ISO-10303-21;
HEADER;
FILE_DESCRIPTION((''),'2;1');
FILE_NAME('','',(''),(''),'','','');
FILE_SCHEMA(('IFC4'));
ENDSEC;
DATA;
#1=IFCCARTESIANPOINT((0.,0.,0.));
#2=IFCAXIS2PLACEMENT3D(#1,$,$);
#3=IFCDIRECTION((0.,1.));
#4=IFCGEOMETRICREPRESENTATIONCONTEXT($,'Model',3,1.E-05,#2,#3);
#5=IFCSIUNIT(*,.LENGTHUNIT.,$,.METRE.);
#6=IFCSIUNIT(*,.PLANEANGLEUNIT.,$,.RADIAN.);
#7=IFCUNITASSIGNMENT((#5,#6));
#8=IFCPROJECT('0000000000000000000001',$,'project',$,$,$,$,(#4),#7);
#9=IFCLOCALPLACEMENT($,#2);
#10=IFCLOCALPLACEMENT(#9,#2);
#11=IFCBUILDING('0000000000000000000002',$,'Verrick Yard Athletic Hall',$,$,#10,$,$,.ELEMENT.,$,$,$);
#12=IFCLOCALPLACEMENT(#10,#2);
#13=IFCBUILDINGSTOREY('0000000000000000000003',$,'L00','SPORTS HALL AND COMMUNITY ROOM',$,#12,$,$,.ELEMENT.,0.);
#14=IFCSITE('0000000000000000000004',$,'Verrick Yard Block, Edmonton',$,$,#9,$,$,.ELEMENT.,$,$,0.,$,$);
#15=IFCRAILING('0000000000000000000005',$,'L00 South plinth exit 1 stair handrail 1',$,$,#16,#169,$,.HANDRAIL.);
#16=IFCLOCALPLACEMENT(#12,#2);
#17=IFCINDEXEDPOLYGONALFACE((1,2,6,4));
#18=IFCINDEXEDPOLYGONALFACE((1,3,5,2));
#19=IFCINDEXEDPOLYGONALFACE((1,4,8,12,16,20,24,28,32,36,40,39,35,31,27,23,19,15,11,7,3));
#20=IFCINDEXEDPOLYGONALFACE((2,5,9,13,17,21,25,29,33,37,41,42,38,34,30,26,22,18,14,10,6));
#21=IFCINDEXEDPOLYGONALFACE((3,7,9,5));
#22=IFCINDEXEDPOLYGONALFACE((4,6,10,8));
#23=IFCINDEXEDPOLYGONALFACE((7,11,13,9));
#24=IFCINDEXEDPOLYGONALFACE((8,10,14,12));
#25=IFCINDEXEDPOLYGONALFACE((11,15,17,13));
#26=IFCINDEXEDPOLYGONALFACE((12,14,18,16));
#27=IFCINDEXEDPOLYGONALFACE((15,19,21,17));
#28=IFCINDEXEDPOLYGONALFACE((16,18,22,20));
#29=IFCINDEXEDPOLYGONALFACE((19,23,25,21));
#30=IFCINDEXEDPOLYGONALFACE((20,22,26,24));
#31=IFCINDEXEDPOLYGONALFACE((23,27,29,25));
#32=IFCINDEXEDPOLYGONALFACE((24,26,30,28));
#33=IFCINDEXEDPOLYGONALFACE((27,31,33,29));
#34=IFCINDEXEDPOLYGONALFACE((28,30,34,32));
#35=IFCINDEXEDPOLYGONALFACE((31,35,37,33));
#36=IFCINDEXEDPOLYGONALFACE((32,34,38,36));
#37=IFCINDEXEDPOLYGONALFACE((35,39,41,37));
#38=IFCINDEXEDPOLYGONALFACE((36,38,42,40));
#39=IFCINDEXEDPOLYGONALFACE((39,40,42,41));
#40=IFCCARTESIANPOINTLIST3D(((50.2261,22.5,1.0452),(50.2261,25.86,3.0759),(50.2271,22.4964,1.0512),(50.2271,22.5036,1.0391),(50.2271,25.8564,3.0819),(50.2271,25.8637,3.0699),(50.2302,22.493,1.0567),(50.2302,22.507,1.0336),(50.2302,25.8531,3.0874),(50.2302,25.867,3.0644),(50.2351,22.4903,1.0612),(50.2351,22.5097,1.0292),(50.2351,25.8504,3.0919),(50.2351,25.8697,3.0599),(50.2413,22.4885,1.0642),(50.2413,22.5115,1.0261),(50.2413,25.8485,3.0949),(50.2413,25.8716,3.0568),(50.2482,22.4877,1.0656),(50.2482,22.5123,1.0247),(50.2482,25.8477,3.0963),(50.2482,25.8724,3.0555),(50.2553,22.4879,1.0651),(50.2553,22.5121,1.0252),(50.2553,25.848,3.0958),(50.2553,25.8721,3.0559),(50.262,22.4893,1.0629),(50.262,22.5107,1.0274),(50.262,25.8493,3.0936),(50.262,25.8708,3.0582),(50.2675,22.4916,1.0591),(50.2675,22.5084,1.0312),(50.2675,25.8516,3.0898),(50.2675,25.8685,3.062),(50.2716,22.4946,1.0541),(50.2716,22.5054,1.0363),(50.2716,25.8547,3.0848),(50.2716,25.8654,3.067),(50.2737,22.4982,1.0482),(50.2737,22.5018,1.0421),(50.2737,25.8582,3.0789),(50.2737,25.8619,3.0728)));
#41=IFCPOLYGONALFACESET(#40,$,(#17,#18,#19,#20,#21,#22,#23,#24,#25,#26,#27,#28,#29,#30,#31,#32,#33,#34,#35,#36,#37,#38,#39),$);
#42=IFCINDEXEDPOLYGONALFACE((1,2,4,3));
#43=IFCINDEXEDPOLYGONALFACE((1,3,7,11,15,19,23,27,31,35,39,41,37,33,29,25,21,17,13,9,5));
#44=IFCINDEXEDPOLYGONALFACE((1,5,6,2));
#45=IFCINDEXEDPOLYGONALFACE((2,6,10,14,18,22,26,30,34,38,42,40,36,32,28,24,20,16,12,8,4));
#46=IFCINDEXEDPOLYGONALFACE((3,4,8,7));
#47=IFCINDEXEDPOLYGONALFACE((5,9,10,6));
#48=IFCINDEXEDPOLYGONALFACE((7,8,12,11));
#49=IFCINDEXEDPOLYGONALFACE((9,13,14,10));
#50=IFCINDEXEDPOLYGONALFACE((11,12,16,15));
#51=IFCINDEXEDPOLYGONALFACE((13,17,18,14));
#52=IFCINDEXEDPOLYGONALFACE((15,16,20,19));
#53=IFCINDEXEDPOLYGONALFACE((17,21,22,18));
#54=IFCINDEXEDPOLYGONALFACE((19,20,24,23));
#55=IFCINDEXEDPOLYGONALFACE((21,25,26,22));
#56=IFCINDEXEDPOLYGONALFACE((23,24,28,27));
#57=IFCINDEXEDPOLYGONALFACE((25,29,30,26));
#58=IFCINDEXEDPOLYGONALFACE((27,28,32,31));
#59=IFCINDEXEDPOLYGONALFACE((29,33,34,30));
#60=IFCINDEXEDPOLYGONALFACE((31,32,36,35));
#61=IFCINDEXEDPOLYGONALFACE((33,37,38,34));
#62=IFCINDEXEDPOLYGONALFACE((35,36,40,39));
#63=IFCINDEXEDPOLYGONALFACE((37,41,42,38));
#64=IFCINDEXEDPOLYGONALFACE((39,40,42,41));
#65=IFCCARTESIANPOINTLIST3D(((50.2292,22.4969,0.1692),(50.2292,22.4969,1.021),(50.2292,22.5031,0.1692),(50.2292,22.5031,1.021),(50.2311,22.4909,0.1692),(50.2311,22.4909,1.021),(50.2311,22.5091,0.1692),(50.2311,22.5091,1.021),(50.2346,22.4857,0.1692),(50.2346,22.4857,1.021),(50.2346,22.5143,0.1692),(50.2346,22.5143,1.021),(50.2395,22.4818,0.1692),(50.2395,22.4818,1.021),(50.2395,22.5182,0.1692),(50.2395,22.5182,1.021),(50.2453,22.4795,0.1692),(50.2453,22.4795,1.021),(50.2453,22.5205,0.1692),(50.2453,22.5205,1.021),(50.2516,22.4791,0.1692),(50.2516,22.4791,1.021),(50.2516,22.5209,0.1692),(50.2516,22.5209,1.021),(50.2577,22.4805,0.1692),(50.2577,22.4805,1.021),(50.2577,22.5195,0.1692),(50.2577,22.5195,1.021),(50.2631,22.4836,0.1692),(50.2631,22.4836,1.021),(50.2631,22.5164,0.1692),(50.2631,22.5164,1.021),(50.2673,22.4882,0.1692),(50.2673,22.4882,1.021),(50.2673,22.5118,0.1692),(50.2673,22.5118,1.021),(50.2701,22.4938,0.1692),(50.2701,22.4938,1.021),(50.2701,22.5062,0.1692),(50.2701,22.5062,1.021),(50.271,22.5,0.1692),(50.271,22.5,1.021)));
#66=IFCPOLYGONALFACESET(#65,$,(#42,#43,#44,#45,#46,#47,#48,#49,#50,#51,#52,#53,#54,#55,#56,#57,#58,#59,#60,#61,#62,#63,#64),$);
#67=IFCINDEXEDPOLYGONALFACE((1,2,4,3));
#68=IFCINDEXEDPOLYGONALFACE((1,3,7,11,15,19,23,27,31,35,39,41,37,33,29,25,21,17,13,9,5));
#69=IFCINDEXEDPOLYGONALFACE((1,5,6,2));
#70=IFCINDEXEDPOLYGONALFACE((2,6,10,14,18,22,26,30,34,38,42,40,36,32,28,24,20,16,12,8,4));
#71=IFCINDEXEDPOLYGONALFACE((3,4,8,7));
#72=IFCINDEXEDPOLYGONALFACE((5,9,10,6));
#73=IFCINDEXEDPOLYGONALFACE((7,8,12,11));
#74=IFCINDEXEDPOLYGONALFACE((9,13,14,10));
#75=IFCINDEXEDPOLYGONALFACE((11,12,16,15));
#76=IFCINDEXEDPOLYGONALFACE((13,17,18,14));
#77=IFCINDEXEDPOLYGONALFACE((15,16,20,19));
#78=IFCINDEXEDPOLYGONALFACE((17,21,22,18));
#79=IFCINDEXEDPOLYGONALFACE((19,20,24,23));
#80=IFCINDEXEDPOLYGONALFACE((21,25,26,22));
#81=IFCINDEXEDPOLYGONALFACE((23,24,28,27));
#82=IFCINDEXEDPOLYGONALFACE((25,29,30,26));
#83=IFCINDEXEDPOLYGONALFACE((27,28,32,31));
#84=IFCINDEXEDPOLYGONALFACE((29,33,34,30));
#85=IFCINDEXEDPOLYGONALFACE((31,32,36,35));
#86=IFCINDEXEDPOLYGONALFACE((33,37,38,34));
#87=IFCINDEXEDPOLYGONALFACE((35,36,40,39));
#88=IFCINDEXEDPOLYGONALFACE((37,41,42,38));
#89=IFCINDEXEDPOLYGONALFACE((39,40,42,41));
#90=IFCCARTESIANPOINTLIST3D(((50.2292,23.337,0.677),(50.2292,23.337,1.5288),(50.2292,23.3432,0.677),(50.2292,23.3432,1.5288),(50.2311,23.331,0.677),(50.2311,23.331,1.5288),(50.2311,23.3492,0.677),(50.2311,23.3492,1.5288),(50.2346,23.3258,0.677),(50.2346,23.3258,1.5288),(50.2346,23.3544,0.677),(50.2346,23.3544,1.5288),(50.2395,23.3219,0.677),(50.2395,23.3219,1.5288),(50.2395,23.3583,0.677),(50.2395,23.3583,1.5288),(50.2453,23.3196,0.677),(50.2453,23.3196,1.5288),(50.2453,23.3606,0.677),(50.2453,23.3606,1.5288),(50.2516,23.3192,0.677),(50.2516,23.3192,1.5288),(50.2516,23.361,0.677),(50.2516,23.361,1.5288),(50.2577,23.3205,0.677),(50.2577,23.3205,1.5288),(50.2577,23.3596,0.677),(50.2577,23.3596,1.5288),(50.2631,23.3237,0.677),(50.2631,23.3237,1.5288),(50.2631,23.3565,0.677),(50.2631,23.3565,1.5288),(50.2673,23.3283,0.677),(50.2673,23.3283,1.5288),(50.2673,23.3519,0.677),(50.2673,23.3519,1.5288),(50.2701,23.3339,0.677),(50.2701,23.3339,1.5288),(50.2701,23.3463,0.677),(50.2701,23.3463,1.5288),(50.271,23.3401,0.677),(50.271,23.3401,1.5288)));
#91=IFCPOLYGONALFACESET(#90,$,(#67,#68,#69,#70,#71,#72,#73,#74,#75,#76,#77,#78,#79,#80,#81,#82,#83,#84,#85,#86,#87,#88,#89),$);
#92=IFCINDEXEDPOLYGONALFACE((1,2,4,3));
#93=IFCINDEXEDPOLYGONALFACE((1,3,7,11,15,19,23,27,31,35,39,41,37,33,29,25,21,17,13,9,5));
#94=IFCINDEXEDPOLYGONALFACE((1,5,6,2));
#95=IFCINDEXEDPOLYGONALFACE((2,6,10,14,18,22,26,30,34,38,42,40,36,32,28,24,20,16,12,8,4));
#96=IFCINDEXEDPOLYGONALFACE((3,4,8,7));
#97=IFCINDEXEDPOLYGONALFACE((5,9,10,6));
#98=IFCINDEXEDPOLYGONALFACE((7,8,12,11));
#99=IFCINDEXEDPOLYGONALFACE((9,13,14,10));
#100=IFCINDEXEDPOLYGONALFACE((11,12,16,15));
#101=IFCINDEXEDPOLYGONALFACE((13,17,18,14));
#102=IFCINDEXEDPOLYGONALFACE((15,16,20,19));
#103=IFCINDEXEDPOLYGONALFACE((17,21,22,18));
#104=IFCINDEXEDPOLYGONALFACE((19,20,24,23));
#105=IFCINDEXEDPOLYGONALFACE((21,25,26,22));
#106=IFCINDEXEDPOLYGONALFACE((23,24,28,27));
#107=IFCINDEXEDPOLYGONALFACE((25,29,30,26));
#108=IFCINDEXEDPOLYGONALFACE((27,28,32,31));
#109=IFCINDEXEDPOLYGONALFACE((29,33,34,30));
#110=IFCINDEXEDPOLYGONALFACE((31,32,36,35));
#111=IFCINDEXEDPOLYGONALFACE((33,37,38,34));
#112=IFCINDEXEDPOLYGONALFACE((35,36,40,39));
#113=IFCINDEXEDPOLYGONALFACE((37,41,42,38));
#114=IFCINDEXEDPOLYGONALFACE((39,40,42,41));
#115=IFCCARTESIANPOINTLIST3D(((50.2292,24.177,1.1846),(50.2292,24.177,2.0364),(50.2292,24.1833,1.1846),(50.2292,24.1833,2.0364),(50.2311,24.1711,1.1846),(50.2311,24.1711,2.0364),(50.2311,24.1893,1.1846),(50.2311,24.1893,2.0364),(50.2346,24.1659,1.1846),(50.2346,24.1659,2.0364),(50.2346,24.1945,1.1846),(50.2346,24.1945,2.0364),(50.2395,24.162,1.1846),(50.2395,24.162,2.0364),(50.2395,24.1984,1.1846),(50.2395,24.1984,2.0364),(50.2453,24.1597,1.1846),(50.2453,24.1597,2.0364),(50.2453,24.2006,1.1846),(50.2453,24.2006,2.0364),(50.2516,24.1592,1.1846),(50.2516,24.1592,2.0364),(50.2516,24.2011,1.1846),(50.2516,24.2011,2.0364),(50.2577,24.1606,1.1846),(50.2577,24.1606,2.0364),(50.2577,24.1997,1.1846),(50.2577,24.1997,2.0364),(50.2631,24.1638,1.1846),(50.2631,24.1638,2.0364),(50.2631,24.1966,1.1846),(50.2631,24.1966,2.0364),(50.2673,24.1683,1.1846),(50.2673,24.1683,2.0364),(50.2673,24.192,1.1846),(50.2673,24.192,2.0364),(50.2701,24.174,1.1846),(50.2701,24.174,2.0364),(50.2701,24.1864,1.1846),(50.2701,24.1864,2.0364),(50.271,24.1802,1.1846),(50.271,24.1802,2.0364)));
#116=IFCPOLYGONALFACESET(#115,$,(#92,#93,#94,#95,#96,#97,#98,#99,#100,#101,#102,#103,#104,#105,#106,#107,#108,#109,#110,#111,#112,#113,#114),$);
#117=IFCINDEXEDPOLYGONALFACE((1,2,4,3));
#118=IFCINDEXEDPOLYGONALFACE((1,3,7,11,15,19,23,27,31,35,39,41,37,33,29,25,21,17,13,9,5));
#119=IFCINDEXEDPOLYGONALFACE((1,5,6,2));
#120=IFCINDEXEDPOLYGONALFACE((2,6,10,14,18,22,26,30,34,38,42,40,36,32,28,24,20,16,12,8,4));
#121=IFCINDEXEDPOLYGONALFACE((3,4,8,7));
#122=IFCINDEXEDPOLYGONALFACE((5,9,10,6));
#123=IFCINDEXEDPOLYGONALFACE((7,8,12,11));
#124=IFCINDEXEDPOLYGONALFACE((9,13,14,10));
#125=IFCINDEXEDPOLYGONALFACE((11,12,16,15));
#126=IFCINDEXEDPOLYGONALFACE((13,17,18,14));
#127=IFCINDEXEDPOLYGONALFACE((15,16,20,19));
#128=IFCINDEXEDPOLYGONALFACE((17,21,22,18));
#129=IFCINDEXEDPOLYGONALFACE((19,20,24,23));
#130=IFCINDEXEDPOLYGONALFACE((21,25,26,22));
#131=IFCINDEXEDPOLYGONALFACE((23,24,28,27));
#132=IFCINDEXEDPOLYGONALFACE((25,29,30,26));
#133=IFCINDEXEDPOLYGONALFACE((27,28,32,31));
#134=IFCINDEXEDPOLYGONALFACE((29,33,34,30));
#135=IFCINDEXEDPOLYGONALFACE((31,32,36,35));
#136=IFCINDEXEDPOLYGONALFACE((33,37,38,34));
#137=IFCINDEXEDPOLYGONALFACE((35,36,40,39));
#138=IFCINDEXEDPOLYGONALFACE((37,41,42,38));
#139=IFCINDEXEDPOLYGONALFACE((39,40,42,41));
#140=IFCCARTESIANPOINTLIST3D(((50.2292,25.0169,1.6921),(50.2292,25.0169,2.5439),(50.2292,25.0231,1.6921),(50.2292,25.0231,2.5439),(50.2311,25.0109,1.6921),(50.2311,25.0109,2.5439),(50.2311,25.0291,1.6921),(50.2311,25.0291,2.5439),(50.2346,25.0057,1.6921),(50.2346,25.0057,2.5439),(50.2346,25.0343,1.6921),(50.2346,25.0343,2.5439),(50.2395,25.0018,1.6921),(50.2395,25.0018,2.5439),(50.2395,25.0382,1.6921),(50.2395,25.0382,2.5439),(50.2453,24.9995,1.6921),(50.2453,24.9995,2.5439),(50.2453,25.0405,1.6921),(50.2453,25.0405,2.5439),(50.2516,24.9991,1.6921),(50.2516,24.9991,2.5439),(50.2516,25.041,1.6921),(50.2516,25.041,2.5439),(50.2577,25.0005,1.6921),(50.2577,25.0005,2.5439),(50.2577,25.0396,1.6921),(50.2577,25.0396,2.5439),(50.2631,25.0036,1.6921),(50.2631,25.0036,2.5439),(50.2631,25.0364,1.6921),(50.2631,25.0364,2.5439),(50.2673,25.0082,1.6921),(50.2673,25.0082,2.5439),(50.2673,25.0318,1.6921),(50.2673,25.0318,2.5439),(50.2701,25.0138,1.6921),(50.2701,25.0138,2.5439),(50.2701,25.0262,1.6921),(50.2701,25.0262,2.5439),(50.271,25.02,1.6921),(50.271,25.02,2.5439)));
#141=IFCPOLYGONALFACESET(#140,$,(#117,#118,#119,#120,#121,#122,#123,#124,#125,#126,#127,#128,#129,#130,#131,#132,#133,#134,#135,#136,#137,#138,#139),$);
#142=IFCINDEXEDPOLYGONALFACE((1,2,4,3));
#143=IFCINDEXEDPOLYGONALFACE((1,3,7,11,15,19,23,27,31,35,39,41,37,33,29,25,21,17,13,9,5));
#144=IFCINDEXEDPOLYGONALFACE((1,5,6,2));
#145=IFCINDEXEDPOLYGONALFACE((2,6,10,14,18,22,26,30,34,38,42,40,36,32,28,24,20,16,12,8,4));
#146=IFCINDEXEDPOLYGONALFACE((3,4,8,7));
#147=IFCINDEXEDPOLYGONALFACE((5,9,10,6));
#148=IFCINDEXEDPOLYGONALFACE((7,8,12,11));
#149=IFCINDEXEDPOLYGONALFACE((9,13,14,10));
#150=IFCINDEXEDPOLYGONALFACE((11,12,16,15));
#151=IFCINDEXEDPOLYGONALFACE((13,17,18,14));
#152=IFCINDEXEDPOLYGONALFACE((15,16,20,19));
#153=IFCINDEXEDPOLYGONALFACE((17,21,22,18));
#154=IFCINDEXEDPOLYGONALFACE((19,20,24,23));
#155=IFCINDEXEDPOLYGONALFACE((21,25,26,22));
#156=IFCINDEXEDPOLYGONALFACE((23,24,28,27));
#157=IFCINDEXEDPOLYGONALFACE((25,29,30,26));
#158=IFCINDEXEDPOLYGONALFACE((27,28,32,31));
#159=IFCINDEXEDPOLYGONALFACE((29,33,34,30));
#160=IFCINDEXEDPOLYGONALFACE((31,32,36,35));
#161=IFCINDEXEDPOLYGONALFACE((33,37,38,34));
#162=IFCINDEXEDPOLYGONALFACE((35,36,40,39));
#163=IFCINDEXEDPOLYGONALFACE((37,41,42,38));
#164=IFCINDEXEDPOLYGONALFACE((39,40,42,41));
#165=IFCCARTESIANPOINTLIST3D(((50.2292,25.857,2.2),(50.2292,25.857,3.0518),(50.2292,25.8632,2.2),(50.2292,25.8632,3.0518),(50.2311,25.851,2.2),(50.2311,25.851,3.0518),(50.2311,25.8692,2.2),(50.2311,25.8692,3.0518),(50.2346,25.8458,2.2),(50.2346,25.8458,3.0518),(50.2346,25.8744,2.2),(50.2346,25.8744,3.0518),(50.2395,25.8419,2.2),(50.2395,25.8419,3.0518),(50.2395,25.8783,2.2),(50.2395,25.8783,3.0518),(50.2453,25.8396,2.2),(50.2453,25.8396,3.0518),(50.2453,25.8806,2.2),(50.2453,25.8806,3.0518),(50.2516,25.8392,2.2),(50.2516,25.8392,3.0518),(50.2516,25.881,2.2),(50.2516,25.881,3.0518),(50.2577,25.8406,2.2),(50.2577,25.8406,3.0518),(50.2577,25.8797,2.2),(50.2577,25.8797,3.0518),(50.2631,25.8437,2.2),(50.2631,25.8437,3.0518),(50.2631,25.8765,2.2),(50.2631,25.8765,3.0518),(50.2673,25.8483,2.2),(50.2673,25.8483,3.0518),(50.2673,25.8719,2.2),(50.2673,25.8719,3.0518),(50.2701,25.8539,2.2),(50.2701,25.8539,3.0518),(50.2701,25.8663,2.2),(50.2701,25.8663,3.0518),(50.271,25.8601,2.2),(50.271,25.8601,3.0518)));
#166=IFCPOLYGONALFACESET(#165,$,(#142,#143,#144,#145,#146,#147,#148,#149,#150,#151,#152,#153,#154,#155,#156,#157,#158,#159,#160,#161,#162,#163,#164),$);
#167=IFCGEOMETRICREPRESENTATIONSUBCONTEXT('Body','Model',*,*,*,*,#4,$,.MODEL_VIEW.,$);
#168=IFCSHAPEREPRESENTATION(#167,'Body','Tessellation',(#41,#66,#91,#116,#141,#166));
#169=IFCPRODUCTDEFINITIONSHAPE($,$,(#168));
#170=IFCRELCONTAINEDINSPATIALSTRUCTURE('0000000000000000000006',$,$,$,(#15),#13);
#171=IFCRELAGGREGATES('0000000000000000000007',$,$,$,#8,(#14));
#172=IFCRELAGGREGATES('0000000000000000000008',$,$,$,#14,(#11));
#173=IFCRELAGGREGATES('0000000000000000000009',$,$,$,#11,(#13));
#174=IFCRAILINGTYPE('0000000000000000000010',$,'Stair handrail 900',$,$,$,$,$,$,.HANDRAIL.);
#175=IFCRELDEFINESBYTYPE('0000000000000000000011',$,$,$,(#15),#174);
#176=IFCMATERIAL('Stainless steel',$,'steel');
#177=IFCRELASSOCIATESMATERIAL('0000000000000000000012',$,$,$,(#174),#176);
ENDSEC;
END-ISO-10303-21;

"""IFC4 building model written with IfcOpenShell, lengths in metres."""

from ifc_helpers import new_model, si_unit, direction, frame, origin, origin_2d, place, context, subcontext, project, spatial, circle, extrude, material, type_object, element, save


model = new_model("IFC4")

# Units and contexts
model_context = context("Model", 3, precision=1e-05, world=origin(), true_north=direction((0.0, 1.0)))
body_context = subcontext(model_context, "Body", "Model", "MODEL_VIEW")
ifc_project = project(units=[si_unit("LENGTHUNIT", "METRE"), si_unit("PLANEANGLEUNIT", "RADIAN")], contexts=[model_context])

# Site, building, storey
site_placement = place(None, origin())
site = spatial("IfcSite", under=ifc_project, at=site_placement, Name="Verrick Yard Block, Edmonton", CompositionType="ELEMENT", RefElevation=0.0)
building_placement = place(site_placement, origin())
building = spatial("IfcBuilding", under=site, at=building_placement, Name="Verrick Yard Athletic Hall", CompositionType="ELEMENT")
storey_placement = place(building_placement, origin())
storey = spatial("IfcBuildingStorey", under=building, at=storey_placement, Name="L00", Description="SPORTS HALL AND COMMUNITY ROOM", CompositionType="ELEMENT", Elevation=0.0)

# Railing
ifc_material_1 = material(Name="Stainless steel", Category="steel")
railing_type_1 = type_object("IfcRailingType", Name="Stair handrail 900", PredefinedType="HANDRAIL", material=ifc_material_1)
railing_1_placement = place(storey_placement, frame((50.25, 22.5, 0.1692)))
element("IfcRailing", 1, at=railing_1_placement, inside=storey, type_object=railing_type_1, Name="L00 South plinth exit 1 stair handrail 1", PredefinedType="HANDRAIL", context=body_context, shape_type="SweptSolid", body=[
    extrude(circle(Radius=0.0239, at=origin_2d()), frame((0.0, 0.0, 0.876), z_axis=(0.0, 0.855837, 0.517246), x_axis=(-1.0, 0.0, 0.0)), (0.0, 0.0, 1.0), 3.926),
    extrude(circle(Radius=0.021, at=origin_2d()), origin(), (0.0, 0.0, 1.0), 0.8518),
    extrude(circle(Radius=0.021, at=origin_2d()), frame((0.0, 0.8401, 0.5078)), (0.0, 0.0, 1.0), 0.8518),
    extrude(circle(Radius=0.021, at=origin_2d()), frame((0.0, 1.6802, 1.0154)), (0.0, 0.0, 1.0), 0.8518),
    extrude(circle(Radius=0.021, at=origin_2d()), frame((0.0, 2.52, 1.5229)), (0.0, 0.0, 1.0), 0.8518),
    extrude(circle(Radius=0.021, at=origin_2d()), frame((0.0, 3.3601, 2.0308)), (0.0, 0.0, 1.0), 0.8518),
])

save(model, "model.ifc")
